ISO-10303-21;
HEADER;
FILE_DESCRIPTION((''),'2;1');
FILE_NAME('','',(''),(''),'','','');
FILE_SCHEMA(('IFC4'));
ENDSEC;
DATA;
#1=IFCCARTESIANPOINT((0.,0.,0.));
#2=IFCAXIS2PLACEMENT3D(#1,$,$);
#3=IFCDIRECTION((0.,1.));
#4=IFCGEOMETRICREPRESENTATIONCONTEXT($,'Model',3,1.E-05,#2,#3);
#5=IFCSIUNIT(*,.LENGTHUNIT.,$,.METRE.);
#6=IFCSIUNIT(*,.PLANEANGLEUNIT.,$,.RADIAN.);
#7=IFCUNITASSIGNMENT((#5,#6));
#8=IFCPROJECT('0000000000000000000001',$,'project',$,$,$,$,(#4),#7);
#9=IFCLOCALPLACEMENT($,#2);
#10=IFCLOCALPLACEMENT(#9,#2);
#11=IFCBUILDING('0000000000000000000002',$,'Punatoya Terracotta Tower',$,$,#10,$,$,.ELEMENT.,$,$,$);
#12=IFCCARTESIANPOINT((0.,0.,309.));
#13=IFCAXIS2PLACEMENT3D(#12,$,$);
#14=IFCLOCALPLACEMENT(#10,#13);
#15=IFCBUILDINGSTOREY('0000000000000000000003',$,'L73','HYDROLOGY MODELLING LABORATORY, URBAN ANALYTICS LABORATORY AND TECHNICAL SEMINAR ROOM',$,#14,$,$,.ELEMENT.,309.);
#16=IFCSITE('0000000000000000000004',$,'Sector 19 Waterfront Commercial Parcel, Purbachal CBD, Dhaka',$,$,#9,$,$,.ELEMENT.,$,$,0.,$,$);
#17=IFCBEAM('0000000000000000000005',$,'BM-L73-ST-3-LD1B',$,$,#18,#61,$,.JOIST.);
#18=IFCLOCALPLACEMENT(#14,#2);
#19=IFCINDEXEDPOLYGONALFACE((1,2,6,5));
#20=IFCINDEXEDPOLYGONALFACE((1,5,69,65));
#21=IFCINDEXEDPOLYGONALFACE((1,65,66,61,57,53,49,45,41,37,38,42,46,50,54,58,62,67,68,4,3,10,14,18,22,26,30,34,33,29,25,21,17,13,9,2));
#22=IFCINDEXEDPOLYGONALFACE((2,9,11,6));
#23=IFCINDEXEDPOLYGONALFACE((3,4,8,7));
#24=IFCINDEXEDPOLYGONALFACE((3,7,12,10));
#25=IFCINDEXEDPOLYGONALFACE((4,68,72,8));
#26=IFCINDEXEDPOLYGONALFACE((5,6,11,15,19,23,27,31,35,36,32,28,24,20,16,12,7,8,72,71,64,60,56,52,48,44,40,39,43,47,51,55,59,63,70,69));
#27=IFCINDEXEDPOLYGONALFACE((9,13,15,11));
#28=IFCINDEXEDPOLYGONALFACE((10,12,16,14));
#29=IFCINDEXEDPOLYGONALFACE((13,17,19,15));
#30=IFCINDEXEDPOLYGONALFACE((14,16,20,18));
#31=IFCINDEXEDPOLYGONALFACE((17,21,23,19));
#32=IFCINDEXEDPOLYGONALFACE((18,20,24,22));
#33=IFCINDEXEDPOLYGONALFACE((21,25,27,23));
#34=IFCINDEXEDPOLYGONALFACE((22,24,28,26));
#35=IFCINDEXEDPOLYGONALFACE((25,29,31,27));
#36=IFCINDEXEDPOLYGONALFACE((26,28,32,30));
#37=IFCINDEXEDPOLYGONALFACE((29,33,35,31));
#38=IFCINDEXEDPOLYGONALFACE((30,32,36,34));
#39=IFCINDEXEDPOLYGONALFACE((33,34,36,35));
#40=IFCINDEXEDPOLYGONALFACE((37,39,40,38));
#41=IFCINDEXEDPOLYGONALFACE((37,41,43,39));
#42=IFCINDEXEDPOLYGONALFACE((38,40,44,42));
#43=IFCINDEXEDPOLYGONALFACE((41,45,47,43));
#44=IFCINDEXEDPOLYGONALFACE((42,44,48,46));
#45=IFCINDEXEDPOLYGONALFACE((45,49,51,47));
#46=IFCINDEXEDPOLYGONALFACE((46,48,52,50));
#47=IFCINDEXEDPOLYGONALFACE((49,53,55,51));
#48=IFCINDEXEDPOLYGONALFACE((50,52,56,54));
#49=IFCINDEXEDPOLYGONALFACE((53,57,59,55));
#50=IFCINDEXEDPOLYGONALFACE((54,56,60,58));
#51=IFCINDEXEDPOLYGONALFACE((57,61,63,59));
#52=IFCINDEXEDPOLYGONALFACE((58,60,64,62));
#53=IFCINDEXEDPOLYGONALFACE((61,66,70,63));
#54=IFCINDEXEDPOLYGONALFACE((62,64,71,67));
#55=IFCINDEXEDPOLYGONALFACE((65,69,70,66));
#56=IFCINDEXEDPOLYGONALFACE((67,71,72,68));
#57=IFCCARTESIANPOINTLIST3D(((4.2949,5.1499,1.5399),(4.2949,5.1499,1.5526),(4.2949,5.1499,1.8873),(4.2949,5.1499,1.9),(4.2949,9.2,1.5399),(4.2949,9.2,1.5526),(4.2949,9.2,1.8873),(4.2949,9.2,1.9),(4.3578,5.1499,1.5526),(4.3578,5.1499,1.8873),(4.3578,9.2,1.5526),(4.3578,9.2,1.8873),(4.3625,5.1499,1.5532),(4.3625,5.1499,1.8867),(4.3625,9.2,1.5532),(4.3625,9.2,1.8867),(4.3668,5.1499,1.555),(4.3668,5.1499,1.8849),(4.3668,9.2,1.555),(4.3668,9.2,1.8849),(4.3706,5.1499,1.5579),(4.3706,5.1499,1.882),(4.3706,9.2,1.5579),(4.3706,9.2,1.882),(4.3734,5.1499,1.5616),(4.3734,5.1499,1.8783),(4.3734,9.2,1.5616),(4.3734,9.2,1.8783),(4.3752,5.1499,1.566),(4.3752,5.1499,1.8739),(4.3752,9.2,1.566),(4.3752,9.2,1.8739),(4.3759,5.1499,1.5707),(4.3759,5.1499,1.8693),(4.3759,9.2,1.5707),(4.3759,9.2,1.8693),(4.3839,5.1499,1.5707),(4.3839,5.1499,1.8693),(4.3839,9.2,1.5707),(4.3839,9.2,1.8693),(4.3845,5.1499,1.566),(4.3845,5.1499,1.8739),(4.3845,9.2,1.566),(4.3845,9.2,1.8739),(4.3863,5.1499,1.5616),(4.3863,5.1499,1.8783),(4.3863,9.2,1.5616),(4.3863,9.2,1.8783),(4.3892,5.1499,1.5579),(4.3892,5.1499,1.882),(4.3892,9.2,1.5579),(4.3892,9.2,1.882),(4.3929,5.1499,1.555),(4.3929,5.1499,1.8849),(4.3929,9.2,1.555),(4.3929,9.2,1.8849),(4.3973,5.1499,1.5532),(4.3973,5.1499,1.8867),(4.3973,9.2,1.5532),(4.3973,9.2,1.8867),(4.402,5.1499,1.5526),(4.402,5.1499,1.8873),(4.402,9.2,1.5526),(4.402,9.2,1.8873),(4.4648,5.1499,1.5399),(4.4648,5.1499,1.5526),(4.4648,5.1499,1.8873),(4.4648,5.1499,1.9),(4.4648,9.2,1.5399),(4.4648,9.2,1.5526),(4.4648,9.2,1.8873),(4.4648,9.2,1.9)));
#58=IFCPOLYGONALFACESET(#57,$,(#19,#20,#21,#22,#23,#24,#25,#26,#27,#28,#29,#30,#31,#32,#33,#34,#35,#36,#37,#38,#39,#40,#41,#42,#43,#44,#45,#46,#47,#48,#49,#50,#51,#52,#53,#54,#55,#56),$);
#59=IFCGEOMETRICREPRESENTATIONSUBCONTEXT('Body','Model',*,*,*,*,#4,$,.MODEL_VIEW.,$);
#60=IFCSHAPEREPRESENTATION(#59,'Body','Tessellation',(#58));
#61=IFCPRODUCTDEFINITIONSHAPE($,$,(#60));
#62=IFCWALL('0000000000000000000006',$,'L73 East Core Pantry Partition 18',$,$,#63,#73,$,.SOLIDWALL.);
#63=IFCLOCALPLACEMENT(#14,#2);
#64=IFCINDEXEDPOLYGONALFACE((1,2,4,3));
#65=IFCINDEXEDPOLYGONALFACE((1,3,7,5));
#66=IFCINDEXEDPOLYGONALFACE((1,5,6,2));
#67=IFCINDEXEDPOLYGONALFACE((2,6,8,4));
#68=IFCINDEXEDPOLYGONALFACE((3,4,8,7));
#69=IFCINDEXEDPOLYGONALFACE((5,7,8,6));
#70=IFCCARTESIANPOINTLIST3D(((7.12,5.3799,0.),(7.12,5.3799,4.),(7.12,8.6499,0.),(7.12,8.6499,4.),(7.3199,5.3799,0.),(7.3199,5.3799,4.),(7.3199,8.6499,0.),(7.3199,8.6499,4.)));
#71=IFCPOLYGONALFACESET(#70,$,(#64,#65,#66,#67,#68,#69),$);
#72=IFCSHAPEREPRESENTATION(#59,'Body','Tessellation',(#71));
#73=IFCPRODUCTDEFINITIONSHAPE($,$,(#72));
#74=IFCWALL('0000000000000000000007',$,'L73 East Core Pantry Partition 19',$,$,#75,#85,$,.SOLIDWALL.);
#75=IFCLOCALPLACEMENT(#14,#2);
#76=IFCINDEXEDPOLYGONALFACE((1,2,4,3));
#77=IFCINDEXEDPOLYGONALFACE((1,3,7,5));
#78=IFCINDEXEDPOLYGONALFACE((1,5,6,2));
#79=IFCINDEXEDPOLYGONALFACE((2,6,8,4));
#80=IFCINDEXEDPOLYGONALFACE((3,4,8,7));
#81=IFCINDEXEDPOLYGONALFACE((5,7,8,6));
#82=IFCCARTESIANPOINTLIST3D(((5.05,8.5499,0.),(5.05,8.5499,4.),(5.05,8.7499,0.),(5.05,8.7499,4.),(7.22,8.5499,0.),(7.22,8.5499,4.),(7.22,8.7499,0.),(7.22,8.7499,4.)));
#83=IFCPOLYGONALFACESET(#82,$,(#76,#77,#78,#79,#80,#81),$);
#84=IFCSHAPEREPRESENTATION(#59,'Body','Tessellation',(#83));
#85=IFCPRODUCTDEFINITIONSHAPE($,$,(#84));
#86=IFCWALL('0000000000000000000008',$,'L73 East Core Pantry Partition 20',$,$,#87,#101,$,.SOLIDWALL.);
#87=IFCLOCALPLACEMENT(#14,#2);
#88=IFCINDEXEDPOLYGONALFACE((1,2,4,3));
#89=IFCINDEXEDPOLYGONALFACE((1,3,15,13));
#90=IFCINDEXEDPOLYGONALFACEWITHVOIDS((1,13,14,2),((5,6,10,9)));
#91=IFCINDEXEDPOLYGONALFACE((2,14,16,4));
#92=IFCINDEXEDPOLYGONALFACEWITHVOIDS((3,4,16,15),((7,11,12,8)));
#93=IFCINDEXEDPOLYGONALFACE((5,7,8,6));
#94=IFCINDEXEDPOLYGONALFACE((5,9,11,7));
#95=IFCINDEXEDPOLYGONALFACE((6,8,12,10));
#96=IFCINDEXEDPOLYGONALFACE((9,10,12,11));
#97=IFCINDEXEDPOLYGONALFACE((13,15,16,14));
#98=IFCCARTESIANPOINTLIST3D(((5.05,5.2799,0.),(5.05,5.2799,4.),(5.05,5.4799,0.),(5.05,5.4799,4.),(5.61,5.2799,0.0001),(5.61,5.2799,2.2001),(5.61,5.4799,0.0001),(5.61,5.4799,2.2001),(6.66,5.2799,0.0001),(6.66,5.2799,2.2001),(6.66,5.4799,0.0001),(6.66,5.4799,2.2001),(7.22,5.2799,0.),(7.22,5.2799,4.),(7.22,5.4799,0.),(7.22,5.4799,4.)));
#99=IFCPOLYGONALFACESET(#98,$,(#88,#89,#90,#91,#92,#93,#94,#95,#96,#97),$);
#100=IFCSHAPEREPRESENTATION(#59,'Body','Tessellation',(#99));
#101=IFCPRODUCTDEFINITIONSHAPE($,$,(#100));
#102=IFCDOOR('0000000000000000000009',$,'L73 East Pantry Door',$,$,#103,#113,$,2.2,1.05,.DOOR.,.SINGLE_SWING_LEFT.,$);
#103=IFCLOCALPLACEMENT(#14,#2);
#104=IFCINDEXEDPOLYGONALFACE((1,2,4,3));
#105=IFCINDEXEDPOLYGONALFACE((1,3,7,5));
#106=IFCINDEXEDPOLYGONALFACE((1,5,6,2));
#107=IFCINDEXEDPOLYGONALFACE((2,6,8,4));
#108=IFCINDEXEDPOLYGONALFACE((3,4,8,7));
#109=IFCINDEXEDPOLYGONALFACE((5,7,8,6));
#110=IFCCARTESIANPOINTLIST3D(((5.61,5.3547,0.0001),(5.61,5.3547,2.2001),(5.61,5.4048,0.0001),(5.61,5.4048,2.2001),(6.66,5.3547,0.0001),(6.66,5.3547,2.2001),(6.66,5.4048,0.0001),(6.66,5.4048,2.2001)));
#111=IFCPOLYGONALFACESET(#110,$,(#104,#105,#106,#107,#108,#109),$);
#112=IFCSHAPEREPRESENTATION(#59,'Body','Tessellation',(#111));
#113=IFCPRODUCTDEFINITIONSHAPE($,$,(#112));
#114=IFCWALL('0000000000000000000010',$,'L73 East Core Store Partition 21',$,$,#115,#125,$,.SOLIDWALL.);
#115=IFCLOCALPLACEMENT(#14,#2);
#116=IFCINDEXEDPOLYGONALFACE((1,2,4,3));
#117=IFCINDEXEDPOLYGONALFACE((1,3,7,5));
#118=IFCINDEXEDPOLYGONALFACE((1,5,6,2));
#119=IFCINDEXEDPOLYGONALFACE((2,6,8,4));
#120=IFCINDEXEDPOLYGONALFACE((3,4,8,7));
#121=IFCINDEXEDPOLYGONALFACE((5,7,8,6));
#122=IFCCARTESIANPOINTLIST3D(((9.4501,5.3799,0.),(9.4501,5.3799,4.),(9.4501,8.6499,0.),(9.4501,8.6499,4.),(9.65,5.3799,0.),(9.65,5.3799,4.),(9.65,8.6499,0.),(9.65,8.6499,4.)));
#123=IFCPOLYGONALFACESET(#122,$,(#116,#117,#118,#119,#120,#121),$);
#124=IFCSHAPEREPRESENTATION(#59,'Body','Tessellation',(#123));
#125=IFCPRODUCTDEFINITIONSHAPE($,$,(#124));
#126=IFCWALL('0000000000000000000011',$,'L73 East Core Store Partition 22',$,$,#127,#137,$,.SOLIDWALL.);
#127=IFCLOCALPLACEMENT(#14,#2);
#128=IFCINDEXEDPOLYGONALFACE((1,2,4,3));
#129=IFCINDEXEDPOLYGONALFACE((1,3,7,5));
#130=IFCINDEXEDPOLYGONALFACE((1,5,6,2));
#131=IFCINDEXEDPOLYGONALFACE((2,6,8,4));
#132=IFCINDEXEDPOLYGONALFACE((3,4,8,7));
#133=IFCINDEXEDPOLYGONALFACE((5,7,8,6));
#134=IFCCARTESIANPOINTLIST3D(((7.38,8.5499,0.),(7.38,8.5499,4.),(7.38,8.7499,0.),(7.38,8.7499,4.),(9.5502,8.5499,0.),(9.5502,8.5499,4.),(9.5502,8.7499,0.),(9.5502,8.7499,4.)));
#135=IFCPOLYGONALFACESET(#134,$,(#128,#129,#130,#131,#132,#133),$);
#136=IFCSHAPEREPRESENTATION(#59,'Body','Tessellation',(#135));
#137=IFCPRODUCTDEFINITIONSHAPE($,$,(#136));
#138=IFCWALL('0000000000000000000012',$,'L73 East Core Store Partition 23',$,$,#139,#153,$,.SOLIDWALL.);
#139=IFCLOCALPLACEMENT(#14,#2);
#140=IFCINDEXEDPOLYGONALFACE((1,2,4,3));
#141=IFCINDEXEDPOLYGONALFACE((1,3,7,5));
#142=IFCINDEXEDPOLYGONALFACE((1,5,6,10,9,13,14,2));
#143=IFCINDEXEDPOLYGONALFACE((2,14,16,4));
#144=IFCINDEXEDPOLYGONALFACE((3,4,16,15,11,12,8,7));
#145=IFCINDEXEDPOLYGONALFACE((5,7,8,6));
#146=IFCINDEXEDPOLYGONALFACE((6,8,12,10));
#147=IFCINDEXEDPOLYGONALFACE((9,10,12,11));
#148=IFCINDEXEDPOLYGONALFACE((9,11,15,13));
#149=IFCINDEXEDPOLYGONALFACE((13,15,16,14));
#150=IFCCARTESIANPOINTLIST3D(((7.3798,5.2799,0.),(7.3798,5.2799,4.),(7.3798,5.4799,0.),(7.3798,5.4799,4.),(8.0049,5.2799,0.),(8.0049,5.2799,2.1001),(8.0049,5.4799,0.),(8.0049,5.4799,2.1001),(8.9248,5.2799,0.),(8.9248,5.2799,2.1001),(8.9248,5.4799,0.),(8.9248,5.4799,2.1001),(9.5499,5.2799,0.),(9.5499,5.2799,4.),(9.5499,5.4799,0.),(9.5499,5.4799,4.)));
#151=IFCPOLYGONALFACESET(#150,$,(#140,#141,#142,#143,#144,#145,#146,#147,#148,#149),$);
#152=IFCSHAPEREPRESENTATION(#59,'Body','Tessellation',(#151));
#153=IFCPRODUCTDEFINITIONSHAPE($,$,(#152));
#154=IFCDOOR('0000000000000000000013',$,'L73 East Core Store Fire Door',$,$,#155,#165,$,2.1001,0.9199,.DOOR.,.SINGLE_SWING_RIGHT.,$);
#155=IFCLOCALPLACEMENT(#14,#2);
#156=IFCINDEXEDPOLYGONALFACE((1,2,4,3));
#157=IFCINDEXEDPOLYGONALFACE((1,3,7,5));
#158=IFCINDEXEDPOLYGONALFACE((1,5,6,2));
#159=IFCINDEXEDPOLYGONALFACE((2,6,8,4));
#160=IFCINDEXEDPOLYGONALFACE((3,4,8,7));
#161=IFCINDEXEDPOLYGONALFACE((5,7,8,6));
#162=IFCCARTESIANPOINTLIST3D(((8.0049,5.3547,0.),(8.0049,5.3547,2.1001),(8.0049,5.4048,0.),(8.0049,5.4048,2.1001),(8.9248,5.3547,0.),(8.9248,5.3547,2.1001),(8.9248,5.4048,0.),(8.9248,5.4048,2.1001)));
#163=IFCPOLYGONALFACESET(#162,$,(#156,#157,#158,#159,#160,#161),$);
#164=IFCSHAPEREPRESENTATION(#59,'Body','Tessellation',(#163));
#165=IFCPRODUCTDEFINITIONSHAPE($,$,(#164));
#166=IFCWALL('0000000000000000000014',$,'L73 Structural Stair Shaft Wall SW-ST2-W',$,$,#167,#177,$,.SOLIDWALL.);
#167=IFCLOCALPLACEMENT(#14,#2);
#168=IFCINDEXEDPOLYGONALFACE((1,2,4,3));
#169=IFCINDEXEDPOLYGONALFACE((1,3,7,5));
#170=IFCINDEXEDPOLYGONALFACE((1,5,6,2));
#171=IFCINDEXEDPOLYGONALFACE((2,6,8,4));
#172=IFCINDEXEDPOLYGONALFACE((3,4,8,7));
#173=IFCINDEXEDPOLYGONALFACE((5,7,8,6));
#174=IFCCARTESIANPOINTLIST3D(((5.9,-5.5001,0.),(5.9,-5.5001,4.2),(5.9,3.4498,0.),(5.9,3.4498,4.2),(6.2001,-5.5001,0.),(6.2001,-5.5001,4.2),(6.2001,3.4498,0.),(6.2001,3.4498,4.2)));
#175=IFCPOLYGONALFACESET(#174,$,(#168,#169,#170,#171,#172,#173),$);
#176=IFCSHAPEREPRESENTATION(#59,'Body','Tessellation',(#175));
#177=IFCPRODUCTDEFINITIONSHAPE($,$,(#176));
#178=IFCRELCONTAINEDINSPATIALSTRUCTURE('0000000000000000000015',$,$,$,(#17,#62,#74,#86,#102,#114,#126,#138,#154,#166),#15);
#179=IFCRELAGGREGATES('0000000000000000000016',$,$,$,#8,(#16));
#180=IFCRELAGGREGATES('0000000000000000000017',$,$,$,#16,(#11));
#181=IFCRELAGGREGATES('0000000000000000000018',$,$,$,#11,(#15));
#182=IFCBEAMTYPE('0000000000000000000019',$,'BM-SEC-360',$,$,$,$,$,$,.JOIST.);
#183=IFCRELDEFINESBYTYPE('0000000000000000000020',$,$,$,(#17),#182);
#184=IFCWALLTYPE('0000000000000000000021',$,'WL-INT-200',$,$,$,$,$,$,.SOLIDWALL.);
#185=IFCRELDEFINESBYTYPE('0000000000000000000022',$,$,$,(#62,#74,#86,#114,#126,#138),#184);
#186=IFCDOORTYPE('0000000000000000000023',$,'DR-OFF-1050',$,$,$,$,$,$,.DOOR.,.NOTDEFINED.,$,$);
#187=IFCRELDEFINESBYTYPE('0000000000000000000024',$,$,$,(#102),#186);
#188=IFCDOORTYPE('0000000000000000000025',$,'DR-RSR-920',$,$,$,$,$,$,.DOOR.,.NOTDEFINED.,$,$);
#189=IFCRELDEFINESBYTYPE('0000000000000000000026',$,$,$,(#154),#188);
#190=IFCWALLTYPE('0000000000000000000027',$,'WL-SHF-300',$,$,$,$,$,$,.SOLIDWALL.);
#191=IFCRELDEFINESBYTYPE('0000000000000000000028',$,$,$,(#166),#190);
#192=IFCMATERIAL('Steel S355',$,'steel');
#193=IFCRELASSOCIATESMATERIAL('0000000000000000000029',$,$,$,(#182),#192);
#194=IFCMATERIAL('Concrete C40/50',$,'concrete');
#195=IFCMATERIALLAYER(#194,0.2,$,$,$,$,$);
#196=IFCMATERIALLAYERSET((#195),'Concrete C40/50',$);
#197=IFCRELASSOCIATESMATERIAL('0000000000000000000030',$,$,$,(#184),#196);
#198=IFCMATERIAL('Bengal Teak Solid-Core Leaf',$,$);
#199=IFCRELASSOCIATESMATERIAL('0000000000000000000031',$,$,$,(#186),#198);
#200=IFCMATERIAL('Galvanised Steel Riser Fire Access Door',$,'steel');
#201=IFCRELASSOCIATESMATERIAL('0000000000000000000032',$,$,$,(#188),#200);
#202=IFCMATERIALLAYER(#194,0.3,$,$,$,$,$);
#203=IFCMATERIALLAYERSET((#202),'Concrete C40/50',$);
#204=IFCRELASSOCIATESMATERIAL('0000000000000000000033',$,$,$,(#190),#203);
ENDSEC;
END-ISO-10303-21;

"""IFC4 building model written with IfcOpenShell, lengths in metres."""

from ifc_helpers import new_model, si_unit, direction, frame, frame_2d, origin, origin_2d, place, context, subcontext, project, spatial, rectangle, i_section, extrude, material, layer, layer_set, material_profile, profile_set, type_object, element, fill, save


model = new_model("IFC4")

# Units and contexts
model_context = context("Model", 3, precision=1e-05, world=origin(), true_north=direction((0.0, 1.0)))
body_context = subcontext(model_context, "Body", "Model", "MODEL_VIEW")
ifc_project = project(units=[si_unit("LENGTHUNIT", "METRE"), si_unit("PLANEANGLEUNIT", "RADIAN")], contexts=[model_context])

# Site, building, storey
site_placement = place(None, origin())
site = spatial("IfcSite", under=ifc_project, at=site_placement, Name="Sector 19 Waterfront Commercial Parcel, Purbachal CBD, Dhaka", CompositionType="ELEMENT", RefElevation=0.0)
building_placement = place(site_placement, origin())
building = spatial("IfcBuilding", under=site, at=building_placement, Name="Punatoya Terracotta Tower", CompositionType="ELEMENT")
storey_placement = place(building_placement, frame((0.0, 0.0, 309.0)))
storey = spatial("IfcBuildingStorey", under=building, at=storey_placement, Name="L73", Description="HYDROLOGY MODELLING LABORATORY, URBAN ANALYTICS LABORATORY AND TECHNICAL SEMINAR ROOM", CompositionType="ELEMENT", Elevation=309.0)

# Beam
ifc_material_1 = material(Name="Steel S355", Category="steel")
ifc_material_profile_1 = material_profile(ifc_material_1, i_section(OverallWidth=0.1699, OverallDepth=0.3601, WebThickness=0.0081, FlangeThickness=0.0127, FilletRadius=0.0181, at=origin_2d()))
ifc_profile_set_1 = profile_set([ifc_material_profile_1], Name="Steel S355")
beam_type_1 = type_object("IfcBeamType", Name="BM-SEC-360", PredefinedType="JOIST", material=ifc_profile_set_1)
for number, where, z_axis, x_axis, name in (
    (1, (4.3799, 5.1499, 1.72), (0.0, 1.0, 0.0), (-1.0, 0.0, 0.0), "BM-L73-ST-3-LD1B"),
):
    element("IfcBeam", number, at=place(storey_placement, frame(where, z_axis=z_axis, x_axis=x_axis)), inside=storey, type_object=beam_type_1, Name=name, PredefinedType="JOIST", context=body_context, shape_type="SweptSolid", body=[
        extrude(i_section(OverallWidth=0.1699, OverallDepth=0.3601, WebThickness=0.0081, FlangeThickness=0.0127, FilletRadius=0.0181, at=origin_2d()), origin(), (0.0, 0.0, 1.0), 4.05),
    ])

# Walls
ifc_material_2 = material(Name="Concrete C40/50", Category="concrete")
ifc_layer_1 = layer(ifc_material_2, 0.2)
ifc_layer_set_1 = layer_set([ifc_layer_1], Name="Concrete C40/50")
wall_type_1 = type_object("IfcWallType", Name="WL-INT-200", PredefinedType="SOLIDWALL", material=ifc_layer_set_1)
wall_1_placement = place(storey_placement, frame((7.22, 5.3799, 0.0), z_axis=(0.0, 0.0, 1.0), x_axis=(0.0, 1.0, 0.0)))
element("IfcWall", 2, at=wall_1_placement, inside=storey, type_object=wall_type_1, Name="L73 East Core Pantry Partition 18", PredefinedType="SOLIDWALL", context=body_context, shape_type="SweptSolid", body=[
    extrude(rectangle(XDim=3.27, YDim=0.2, at=frame_2d((1.635, 0.0))), origin(), (0.0, 0.0, 1.0), 4.0),
])
wall_2_placement = place(storey_placement, frame((7.22, 8.6499, 0.0), z_axis=(0.0, 0.0, 1.0), x_axis=(-1.0, 0.0, 0.0)))
element("IfcWall", 3, at=wall_2_placement, inside=storey, type_object=wall_type_1, Name="L73 East Core Pantry Partition 19", PredefinedType="SOLIDWALL", context=body_context, shape_type="SweptSolid", body=[
    extrude(rectangle(XDim=2.1699, YDim=0.2, at=frame_2d((1.085, 0.0))), origin(), (0.0, 0.0, 1.0), 4.0),
])

# Wall, opening, door
wall_3_placement = place(storey_placement, frame((5.05, 5.3799, 0.0), z_axis=(0.0, 0.0, 1.0), x_axis=(1.0, 0.0, 0.0)))
wall_3 = element("IfcWall", 4, at=wall_3_placement, inside=storey, type_object=wall_type_1, Name="L73 East Core Pantry Partition 20", PredefinedType="SOLIDWALL", context=body_context, shape_type="SweptSolid", body=[
    extrude(rectangle(XDim=2.1699, YDim=0.2, at=frame_2d((1.085, 0.0))), origin(), (0.0, 0.0, 1.0), 4.0),
])
opening_1_placement = place(wall_3_placement, frame((0.5601, 0.0, 0.0)))
opening_1 = element("IfcOpeningElement", 5, at=opening_1_placement, cuts=wall_3, PredefinedType="OPENING", context=body_context, shape_type="SweptSolid", body=[
    extrude(rectangle(XDim=1.05, YDim=2.2, at=frame_2d((0.5249, 1.1001))), frame((0.0, 0.1099, 0.0), z_axis=(0.0, -1.0, 0.0), x_axis=(1.0, 0.0, 0.0)), (0.0, 0.0, 1.0), 0.22),
])
ifc_material_3 = material(Name="Bengal Teak Solid-Core Leaf")
door_type_1 = type_object("IfcDoorType", Name="DR-OFF-1050", OperationType="NOTDEFINED", PredefinedType="DOOR", material=ifc_material_3)
door_1_placement = place(opening_1_placement, origin())
door_1 = element("IfcDoor", 6, at=door_1_placement, inside=storey, type_object=door_type_1, Name="L73 East Pantry Door", OperationType="SINGLE_SWING_LEFT", OverallHeight=2.2, OverallWidth=1.05, PredefinedType="DOOR", context=body_context, shape_type="SweptSolid", body=[
    extrude(rectangle(XDim=1.05, YDim=2.2, at=frame_2d((0.5249, 1.1001))), frame((0.0, 0.0249, 0.0), z_axis=(0.0, -1.0, 0.0), x_axis=(1.0, 0.0, 0.0)), (0.0, 0.0, 1.0), 0.05),
])
fill(opening_1, door_1)

# Walls
wall_4_placement = place(storey_placement, frame((9.55, 5.3799, 0.0), z_axis=(0.0, 0.0, 1.0), x_axis=(0.0, 1.0, 0.0)))
element("IfcWall", 7, at=wall_4_placement, inside=storey, type_object=wall_type_1, Name="L73 East Core Store Partition 21", PredefinedType="SOLIDWALL", context=body_context, shape_type="SweptSolid", body=[
    extrude(rectangle(XDim=3.27, YDim=0.2, at=frame_2d((1.635, 0.0))), origin(), (0.0, 0.0, 1.0), 4.0),
])
wall_5_placement = place(storey_placement, frame((9.55, 8.6499, 0.0), z_axis=(0.0, 0.0, 1.0), x_axis=(-1.0, 0.0, 0.0)))
element("IfcWall", 8, at=wall_5_placement, inside=storey, type_object=wall_type_1, Name="L73 East Core Store Partition 22", PredefinedType="SOLIDWALL", context=body_context, shape_type="SweptSolid", body=[
    extrude(rectangle(XDim=2.1702, YDim=0.2, at=frame_2d((1.085, 0.0))), origin(), (0.0, 0.0, 1.0), 4.0),
])

# Wall, opening, door
wall_6_placement = place(storey_placement, frame((7.3799, 5.3799, 0.0), z_axis=(0.0, 0.0, 1.0), x_axis=(1.0, 0.0, 0.0)))
wall_6 = element("IfcWall", 9, at=wall_6_placement, inside=storey, type_object=wall_type_1, Name="L73 East Core Store Partition 23", PredefinedType="SOLIDWALL", context=body_context, shape_type="SweptSolid", body=[
    extrude(rectangle(XDim=2.1702, YDim=0.2, at=frame_2d((1.085, 0.0))), origin(), (0.0, 0.0, 1.0), 4.0),
])
opening_2_placement = place(wall_6_placement, frame((0.625, 0.0, 0.0)))
opening_2 = element("IfcOpeningElement", 10, at=opening_2_placement, cuts=wall_6, PredefinedType="OPENING", context=body_context, shape_type="SweptSolid", body=[
    extrude(rectangle(XDim=0.9199, YDim=2.1001, at=frame_2d((0.46, 1.05))), frame((0.0, 0.1099, 0.0), z_axis=(0.0, -1.0, 0.0), x_axis=(1.0, 0.0, 0.0)), (0.0, 0.0, 1.0), 0.22),
])
ifc_material_4 = material(Name="Galvanised Steel Riser Fire Access Door", Category="steel")
door_type_2 = type_object("IfcDoorType", Name="DR-RSR-920", OperationType="NOTDEFINED", PredefinedType="DOOR", material=ifc_material_4)
door_2_placement = place(opening_2_placement, origin())
door_2 = element("IfcDoor", 11, at=door_2_placement, inside=storey, type_object=door_type_2, Name="L73 East Core Store Fire Door", OperationType="SINGLE_SWING_RIGHT", OverallHeight=2.1001, OverallWidth=0.9199, PredefinedType="DOOR", context=body_context, shape_type="SweptSolid", body=[
    extrude(rectangle(XDim=0.9199, YDim=2.1001, at=frame_2d((0.46, 1.05))), frame((0.0, 0.0249, 0.0), z_axis=(0.0, -1.0, 0.0), x_axis=(1.0, 0.0, 0.0)), (0.0, 0.0, 1.0), 0.05),
])
fill(opening_2, door_2)

# Wall
ifc_layer_2 = layer(ifc_material_2, 0.3)
ifc_layer_set_2 = layer_set([ifc_layer_2], Name="Concrete C40/50")
wall_type_2 = type_object("IfcWallType", Name="WL-SHF-300", PredefinedType="SOLIDWALL", material=ifc_layer_set_2)
wall_7_placement = place(storey_placement, frame((6.05, 3.45, 0.0), z_axis=(0.0, 0.0, 1.0), x_axis=(0.0, -1.0, 0.0)))
element("IfcWall", 12, at=wall_7_placement, inside=storey, type_object=wall_type_2, Name="L73 Structural Stair Shaft Wall SW-ST2-W", PredefinedType="SOLIDWALL", context=body_context, shape_type="SweptSolid", body=[
    extrude(rectangle(XDim=8.95, YDim=0.3, at=frame_2d((4.4751, 0.0))), origin(), (0.0, 0.0, 1.0), 4.2),
])

save(model, "model.ifc")
